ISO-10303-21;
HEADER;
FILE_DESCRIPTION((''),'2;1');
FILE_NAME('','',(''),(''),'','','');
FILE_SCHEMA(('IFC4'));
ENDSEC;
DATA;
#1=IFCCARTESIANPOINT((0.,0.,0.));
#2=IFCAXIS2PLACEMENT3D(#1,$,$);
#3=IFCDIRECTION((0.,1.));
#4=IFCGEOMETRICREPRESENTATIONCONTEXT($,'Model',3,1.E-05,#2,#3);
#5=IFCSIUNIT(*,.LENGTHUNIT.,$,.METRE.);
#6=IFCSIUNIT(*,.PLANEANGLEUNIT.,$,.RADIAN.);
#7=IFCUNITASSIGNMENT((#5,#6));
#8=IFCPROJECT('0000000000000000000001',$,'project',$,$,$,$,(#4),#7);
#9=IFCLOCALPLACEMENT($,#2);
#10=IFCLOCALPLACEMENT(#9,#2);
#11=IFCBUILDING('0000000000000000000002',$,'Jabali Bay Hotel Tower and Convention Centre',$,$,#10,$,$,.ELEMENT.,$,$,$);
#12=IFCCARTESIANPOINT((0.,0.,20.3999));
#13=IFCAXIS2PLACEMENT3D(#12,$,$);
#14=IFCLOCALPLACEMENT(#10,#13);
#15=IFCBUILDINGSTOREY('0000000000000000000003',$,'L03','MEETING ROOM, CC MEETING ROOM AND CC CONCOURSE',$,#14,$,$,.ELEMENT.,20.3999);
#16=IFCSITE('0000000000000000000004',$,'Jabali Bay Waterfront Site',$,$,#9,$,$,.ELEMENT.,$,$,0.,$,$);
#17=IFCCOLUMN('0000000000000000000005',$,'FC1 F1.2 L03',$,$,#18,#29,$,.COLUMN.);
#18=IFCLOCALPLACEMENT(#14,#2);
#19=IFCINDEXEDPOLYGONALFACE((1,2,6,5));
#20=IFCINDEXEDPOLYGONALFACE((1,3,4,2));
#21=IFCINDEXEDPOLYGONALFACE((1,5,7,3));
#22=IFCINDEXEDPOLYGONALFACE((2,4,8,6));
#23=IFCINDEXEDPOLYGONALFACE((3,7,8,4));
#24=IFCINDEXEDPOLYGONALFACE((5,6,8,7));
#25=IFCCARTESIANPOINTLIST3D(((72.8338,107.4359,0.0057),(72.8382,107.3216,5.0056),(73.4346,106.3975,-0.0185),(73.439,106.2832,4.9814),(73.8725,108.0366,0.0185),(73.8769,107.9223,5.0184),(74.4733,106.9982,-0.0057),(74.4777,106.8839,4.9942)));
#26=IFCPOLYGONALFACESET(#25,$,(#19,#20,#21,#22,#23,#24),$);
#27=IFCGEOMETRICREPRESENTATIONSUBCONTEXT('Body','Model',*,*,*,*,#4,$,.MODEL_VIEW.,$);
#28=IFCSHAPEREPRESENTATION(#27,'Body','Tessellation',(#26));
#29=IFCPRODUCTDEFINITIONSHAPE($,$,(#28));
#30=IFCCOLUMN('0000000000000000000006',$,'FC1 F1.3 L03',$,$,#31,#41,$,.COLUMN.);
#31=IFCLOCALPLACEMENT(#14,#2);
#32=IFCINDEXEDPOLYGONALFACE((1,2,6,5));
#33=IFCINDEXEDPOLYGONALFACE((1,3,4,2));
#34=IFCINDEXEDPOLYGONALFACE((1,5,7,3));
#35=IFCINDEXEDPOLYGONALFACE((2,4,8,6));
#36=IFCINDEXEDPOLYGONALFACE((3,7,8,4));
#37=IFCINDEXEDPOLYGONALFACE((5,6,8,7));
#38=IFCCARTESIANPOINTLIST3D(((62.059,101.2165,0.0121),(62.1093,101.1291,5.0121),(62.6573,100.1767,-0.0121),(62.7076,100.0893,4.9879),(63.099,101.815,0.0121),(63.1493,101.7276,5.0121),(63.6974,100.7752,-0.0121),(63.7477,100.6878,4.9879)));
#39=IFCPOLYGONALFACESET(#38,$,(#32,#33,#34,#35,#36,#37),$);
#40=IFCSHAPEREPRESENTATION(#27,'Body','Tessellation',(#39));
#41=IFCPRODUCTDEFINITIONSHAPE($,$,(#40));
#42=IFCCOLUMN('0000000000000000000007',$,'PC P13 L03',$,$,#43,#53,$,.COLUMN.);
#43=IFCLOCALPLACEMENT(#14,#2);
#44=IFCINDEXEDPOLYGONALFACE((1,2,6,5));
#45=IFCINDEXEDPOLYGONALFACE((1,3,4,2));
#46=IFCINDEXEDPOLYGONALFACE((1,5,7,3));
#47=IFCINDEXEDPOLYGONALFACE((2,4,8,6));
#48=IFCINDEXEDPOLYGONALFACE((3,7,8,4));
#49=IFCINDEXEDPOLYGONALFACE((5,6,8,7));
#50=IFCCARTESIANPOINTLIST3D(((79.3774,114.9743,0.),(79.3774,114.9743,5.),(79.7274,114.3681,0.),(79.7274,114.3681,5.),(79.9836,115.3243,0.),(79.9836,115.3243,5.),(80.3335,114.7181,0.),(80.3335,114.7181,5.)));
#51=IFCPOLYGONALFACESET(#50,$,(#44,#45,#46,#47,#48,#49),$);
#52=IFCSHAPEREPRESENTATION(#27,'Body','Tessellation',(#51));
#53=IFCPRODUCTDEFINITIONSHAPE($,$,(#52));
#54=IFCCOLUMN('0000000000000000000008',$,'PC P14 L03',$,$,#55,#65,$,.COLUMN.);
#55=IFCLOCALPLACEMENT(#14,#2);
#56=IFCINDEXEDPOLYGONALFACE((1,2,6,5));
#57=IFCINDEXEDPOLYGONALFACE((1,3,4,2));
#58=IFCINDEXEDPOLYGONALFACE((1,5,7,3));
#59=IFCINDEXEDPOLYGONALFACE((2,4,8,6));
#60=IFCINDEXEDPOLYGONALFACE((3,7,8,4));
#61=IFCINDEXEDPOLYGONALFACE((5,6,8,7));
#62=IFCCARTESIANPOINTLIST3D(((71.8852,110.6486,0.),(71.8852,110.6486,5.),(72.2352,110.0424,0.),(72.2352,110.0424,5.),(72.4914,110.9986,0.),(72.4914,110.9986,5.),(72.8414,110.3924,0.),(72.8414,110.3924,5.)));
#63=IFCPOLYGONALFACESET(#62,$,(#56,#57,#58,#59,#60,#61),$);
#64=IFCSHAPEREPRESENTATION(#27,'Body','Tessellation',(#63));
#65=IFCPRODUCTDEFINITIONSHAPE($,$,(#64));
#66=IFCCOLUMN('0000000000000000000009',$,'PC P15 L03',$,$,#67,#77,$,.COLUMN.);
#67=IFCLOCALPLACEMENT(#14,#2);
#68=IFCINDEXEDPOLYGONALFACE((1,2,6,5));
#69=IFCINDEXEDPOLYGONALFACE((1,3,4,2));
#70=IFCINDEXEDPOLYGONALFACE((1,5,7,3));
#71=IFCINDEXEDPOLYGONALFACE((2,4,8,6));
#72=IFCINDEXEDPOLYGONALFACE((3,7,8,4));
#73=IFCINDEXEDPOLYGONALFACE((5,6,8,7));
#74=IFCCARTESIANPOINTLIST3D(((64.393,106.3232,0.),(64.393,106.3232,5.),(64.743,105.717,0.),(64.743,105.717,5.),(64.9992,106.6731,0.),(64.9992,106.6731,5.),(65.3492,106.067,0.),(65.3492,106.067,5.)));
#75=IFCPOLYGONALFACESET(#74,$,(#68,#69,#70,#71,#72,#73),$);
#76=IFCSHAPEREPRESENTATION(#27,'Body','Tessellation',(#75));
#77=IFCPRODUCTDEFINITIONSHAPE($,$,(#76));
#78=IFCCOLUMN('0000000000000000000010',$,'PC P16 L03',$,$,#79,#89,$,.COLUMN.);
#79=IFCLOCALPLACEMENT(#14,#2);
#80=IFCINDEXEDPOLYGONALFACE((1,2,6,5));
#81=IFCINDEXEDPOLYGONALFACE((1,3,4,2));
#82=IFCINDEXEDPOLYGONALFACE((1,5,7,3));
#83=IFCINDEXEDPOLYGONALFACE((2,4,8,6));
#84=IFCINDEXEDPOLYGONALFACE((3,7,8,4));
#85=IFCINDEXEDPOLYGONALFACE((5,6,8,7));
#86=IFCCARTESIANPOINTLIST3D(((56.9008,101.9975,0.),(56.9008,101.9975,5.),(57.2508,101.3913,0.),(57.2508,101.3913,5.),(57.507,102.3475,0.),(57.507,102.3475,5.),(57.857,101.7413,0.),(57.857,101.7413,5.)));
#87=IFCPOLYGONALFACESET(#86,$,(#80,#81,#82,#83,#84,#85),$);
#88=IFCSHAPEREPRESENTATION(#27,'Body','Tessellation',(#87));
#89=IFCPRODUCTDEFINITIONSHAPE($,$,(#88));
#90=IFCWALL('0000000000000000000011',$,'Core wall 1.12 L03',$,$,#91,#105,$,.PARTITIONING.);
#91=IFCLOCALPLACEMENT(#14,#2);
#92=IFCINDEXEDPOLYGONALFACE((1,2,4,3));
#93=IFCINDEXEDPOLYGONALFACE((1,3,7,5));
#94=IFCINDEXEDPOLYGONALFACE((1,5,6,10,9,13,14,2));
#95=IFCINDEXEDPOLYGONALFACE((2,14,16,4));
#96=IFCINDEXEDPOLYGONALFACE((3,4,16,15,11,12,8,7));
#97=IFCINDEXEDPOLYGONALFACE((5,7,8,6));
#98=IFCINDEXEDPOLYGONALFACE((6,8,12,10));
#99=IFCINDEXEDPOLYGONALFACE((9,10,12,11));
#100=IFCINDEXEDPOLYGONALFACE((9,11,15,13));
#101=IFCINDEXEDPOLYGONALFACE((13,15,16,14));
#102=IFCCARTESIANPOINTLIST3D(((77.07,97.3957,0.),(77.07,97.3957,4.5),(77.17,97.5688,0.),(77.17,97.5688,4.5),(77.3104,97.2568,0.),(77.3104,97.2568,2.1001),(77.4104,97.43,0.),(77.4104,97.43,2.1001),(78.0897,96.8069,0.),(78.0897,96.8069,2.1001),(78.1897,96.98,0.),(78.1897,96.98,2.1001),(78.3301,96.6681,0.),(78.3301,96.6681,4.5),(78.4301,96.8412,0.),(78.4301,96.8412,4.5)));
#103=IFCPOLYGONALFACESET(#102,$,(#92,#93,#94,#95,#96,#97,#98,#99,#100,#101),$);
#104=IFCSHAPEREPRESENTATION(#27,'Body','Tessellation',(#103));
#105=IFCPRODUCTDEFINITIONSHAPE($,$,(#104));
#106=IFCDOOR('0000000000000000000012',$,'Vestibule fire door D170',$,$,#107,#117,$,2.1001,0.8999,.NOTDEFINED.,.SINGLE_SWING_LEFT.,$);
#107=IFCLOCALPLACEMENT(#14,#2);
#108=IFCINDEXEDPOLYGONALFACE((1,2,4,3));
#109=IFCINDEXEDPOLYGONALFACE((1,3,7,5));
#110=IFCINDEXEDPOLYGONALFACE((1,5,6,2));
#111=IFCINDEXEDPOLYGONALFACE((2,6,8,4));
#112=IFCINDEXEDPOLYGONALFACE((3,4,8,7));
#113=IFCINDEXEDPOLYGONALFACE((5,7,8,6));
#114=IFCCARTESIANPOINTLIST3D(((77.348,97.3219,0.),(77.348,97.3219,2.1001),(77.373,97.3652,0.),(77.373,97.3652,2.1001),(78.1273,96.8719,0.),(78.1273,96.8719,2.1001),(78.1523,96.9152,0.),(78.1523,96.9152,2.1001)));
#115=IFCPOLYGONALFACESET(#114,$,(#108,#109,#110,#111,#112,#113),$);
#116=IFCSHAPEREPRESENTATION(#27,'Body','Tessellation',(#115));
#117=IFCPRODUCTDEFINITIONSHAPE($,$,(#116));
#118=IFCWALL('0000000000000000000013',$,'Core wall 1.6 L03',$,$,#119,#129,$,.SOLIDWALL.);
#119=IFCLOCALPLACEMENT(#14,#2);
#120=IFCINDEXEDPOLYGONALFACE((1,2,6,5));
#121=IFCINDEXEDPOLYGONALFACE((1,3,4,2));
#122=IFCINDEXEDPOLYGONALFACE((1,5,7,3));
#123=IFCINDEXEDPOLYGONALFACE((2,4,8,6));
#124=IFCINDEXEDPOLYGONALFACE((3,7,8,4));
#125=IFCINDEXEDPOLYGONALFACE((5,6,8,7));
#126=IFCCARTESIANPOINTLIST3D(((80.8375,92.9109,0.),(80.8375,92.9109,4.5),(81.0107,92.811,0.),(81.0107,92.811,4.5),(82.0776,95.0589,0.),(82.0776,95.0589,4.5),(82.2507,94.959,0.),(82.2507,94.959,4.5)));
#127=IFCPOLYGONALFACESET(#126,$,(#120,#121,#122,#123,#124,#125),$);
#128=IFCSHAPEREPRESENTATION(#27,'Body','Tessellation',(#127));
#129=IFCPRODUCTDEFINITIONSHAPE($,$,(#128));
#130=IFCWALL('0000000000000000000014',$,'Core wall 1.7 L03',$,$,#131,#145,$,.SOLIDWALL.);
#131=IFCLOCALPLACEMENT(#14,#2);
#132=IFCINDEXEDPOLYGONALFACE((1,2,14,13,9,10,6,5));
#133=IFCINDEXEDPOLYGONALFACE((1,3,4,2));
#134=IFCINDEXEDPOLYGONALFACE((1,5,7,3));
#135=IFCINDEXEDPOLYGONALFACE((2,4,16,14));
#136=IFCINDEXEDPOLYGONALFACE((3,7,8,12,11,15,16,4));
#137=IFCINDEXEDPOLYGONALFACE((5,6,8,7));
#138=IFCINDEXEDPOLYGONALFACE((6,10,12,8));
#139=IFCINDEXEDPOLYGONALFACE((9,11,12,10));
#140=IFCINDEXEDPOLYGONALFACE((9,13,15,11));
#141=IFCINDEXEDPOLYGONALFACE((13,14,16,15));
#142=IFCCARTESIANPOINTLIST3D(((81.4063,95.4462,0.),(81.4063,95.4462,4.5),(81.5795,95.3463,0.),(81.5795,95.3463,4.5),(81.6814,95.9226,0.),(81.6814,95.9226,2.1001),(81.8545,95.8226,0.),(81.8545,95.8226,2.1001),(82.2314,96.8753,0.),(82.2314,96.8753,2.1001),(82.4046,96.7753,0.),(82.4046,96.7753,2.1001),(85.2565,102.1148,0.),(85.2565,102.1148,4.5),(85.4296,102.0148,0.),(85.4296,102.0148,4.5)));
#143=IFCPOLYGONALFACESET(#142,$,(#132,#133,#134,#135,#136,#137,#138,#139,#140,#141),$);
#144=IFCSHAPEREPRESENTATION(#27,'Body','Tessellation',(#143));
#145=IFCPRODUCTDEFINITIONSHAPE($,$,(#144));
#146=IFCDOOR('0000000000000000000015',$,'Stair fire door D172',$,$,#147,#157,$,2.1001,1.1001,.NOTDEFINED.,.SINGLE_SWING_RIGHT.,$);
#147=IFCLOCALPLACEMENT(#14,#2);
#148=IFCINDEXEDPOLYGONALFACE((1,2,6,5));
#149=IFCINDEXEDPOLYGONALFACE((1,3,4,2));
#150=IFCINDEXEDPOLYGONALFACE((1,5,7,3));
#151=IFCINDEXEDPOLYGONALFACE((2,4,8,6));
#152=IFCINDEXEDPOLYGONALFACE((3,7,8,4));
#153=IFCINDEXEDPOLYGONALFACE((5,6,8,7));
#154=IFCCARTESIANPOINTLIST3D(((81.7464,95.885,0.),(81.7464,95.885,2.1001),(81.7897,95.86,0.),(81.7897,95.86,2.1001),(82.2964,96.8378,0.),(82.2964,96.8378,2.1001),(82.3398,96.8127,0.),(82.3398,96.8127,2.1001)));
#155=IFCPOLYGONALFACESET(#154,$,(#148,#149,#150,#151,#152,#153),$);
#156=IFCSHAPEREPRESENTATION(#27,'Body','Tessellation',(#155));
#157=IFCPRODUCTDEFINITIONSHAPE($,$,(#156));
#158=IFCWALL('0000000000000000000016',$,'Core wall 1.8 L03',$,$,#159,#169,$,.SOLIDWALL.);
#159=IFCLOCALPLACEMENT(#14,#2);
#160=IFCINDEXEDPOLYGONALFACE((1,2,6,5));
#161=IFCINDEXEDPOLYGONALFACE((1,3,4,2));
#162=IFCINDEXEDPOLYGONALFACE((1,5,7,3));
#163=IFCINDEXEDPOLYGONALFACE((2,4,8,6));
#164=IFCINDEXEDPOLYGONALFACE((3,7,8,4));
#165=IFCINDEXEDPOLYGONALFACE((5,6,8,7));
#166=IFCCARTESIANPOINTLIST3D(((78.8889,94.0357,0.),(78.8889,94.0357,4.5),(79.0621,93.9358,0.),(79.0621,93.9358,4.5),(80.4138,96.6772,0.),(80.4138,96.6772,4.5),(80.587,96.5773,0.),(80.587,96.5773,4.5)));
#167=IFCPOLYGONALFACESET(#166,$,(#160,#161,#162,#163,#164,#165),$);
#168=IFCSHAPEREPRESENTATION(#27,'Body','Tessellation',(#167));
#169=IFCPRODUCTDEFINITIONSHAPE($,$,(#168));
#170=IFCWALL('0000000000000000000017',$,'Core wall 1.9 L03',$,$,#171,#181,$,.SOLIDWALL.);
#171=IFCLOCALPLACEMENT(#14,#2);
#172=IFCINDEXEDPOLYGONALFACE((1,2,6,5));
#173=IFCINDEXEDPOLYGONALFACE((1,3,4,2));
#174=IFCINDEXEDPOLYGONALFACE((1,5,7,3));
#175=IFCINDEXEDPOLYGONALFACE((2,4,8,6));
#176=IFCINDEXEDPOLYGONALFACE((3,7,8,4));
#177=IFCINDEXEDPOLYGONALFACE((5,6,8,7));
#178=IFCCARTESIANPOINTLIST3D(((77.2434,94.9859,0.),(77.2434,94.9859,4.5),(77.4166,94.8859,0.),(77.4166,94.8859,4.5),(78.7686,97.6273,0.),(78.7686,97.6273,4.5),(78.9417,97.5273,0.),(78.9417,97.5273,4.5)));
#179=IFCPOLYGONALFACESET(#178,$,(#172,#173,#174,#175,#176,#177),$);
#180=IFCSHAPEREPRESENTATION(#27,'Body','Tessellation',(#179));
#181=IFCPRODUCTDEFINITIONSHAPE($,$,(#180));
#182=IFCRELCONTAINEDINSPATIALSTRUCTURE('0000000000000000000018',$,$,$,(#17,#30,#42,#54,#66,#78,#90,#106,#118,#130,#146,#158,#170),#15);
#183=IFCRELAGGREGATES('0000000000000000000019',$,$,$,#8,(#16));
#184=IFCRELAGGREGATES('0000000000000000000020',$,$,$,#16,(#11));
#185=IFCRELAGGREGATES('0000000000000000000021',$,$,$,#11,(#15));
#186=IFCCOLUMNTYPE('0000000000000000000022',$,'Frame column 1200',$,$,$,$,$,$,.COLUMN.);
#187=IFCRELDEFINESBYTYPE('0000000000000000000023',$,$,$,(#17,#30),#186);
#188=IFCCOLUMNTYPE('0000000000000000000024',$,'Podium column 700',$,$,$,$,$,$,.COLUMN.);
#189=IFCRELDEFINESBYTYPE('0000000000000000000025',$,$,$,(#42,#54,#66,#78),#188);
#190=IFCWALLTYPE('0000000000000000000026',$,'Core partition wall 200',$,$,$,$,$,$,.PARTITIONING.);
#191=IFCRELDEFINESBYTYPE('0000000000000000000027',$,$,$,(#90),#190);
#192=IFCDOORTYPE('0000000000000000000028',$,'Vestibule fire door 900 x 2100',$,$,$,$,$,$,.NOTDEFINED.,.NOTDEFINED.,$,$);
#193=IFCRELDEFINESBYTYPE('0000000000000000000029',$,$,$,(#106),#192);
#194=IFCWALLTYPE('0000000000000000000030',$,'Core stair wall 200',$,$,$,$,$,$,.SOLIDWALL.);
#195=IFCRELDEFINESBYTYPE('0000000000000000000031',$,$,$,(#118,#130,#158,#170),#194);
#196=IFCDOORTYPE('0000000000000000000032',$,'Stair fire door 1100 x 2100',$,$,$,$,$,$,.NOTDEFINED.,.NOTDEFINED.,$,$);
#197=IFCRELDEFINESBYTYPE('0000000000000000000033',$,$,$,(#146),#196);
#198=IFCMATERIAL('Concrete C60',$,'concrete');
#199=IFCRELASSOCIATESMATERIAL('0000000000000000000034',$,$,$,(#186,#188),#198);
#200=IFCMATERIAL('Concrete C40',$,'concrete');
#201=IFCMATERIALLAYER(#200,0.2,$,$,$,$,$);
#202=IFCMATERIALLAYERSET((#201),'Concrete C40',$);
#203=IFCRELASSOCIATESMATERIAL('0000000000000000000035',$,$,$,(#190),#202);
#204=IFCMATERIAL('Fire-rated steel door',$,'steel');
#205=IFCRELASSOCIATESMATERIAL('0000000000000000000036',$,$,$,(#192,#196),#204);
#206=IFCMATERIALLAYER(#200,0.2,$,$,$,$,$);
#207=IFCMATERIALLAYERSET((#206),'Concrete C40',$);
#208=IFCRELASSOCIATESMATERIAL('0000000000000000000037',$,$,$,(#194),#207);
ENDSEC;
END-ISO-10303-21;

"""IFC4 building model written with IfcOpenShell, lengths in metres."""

from ifc_helpers import new_model, si_unit, direction, frame, frame_2d, origin, origin_2d, place, context, subcontext, project, spatial, rectangle, extrude, material, layer, layer_set, material_profile, profile_set, type_object, element, fill, save


model = new_model("IFC4")

# Units and contexts
model_context = context("Model", 3, precision=1e-05, world=origin(), true_north=direction((0.0, 1.0)))
body_context = subcontext(model_context, "Body", "Model", "MODEL_VIEW")
ifc_project = project(units=[si_unit("LENGTHUNIT", "METRE"), si_unit("PLANEANGLEUNIT", "RADIAN")], contexts=[model_context])

# Site, building, storey
site_placement = place(None, origin())
site = spatial("IfcSite", under=ifc_project, at=site_placement, Name="Jabali Bay Waterfront Site", CompositionType="ELEMENT", RefElevation=0.0)
building_placement = place(site_placement, origin())
building = spatial("IfcBuilding", under=site, at=building_placement, Name="Jabali Bay Hotel Tower and Convention Centre", CompositionType="ELEMENT")
storey_placement = place(building_placement, frame((0.0, 0.0, 20.3999)))
storey = spatial("IfcBuildingStorey", under=building, at=storey_placement, Name="L03", Description="MEETING ROOM, CC MEETING ROOM AND CC CONCOURSE", CompositionType="ELEMENT", Elevation=20.3999)

# Columns
ifc_material_1 = material(Name="Concrete C60", Category="concrete")
ifc_material_profile_1 = material_profile(ifc_material_1, rectangle(XDim=1.2, YDim=1.2, at=origin_2d()), Name="Frame column 1200")
ifc_profile_set_1 = profile_set([ifc_material_profile_1], Name="Concrete C60")
column_type_1 = type_object("IfcColumnType", Name="Frame column 1200", PredefinedType="COLUMN", material=ifc_profile_set_1)
column_1_placement = place(storey_placement, frame((73.6536, 107.217, 0.0), z_axis=(0.000879, -0.022846, 0.999739), x_axis=(0.865611, 0.500604, 0.010679)))
element("IfcColumn", 1, at=column_1_placement, inside=storey, type_object=column_type_1, Name="FC1 F1.2 L03", PredefinedType="COLUMN", context=body_context, shape_type="SweptSolid", body=[
    extrude(rectangle(XDim=1.2, YDim=1.2, at=origin_2d()), origin(), (0.0, 0.0, 1.0), 5.0012),
])
column_2_placement = place(storey_placement, frame((62.8782, 100.9958, 0.0), z_axis=(0.010057, -0.017477, 0.999797), x_axis=(0.866747, 0.498748, 0.0)))
element("IfcColumn", 2, at=column_2_placement, inside=storey, type_object=column_type_1, Name="FC1 F1.3 L03", PredefinedType="COLUMN", context=body_context, shape_type="SweptSolid", body=[
    extrude(rectangle(XDim=1.2, YDim=1.2, at=origin_2d()), origin(), (0.0, 0.0, 1.0), 5.001),
])
ifc_material_profile_2 = material_profile(ifc_material_1, rectangle(XDim=0.7, YDim=0.7, at=origin_2d()), Name="Podium column 700")
ifc_profile_set_2 = profile_set([ifc_material_profile_2], Name="Concrete C60")
column_type_2 = type_object("IfcColumnType", Name="Podium column 700", PredefinedType="COLUMN", material=ifc_profile_set_2)
for number, where, z_axis, x_axis, name in (
    (3, (79.8555, 114.8462, 0.0), (0.0, 0.0, 1.0), (0.866025, 0.5, 0.0), "PC P13 L03"),
    (4, (72.3633, 110.5205, 0.0), (0.0, 0.0, 1.0), (0.866025, 0.5, 0.0), "PC P14 L03"),
    (5, (64.8711, 106.1951, 0.0), (0.0, 0.0, 1.0), (0.866025, 0.5, 0.0), "PC P15 L03"),
    (6, (57.3789, 101.8694, 0.0), (0.0, 0.0, 1.0), (0.866025, 0.5, 0.0), "PC P16 L03"),
):
    element("IfcColumn", number, at=place(storey_placement, frame(where, z_axis=z_axis, x_axis=x_axis)), inside=storey, type_object=column_type_2, Name=name, PredefinedType="COLUMN", context=body_context, shape_type="SweptSolid", body=[
        extrude(rectangle(XDim=0.7, YDim=0.7, at=origin_2d()), origin(), (0.0, 0.0, 1.0), 5.0),
    ])

# Wall, opening, door
ifc_material_2 = material(Name="Concrete C40", Category="concrete")
ifc_layer_1 = layer(ifc_material_2, 0.2)
ifc_layer_set_1 = layer_set([ifc_layer_1], Name="Concrete C40")
wall_type_1 = type_object("IfcWallType", Name="Core partition wall 200", PredefinedType="PARTITIONING", material=ifc_layer_set_1)
wall_1_placement = place(storey_placement, frame((78.3801, 96.7546, 0.0), z_axis=(0.0, 0.0, 1.0), x_axis=(-0.866004, 0.500037, 0.0)))
wall_1 = element("IfcWall", 7, at=wall_1_placement, inside=storey, type_object=wall_type_1, Name="Core wall 1.12 L03", PredefinedType="PARTITIONING", context=body_context, shape_type="SweptSolid", body=[
    extrude(rectangle(XDim=1.4551, YDim=0.2, at=frame_2d((0.7275, 0.0))), origin(), (0.0, 0.0, 1.0), 4.5),
])
opening_1_placement = place(wall_1_placement, frame((0.2776, 0.0, 0.0)))
opening_1 = element("IfcOpeningElement", 8, at=opening_1_placement, cuts=wall_1, PredefinedType="OPENING", context=body_context, shape_type="SweptSolid", body=[
    extrude(rectangle(XDim=0.8999, YDim=2.1001, at=frame_2d((0.45, 1.05))), frame((0.0, 0.1104, 0.0), z_axis=(0.0, -1.0, 0.0), x_axis=(1.0, 0.0, 0.0)), (0.0, 0.0, 1.0), 0.2209),
])
ifc_material_3 = material(Name="Fire-rated steel door", Category="steel")
door_type_1 = type_object("IfcDoorType", Name="Vestibule fire door 900 x 2100", OperationType="NOTDEFINED", PredefinedType="NOTDEFINED", material=ifc_material_3)
door_1_placement = place(opening_1_placement, origin())
door_1 = element("IfcDoor", 9, at=door_1_placement, inside=storey, type_object=door_type_1, Name="Vestibule fire door D170", OperationType="SINGLE_SWING_LEFT", OverallHeight=2.1001, OverallWidth=0.8999, PredefinedType="NOTDEFINED", context=body_context, shape_type="SweptSolid", body=[
    extrude(rectangle(XDim=0.8999, YDim=2.1001, at=frame_2d((0.45, 1.05))), frame((0.0, 0.0249, 0.0), z_axis=(0.0, -1.0, 0.0), x_axis=(1.0, 0.0, 0.0)), (0.0, 0.0, 1.0), 0.05),
])
fill(opening_1, door_1)

# Wall
ifc_layer_2 = layer(ifc_material_2, 0.2)
ifc_layer_set_2 = layer_set([ifc_layer_2], Name="Concrete C40")
wall_type_2 = type_object("IfcWallType", Name="Core stair wall 200", PredefinedType="SOLIDWALL", material=ifc_layer_set_2)
wall_2_placement = place(storey_placement, frame((80.9241, 92.8608, 0.0), z_axis=(0.0, 0.0, 1.0), x_axis=(0.499961, 0.866048, 0.0)))
element("IfcWall", 10, at=wall_2_placement, inside=storey, type_object=wall_type_2, Name="Core wall 1.6 L03", PredefinedType="SOLIDWALL", context=body_context, shape_type="SweptSolid", body=[
    extrude(rectangle(XDim=2.4802, YDim=0.2, at=frame_2d((1.2402, 0.0))), origin(), (0.0, 0.0, 1.0), 4.5),
])

# Wall, opening, door
wall_3_placement = place(storey_placement, frame((81.4929, 95.3962, 0.0), z_axis=(0.0, 0.0, 1.0), x_axis=(0.500006, 0.866022, 0.0)))
wall_3 = element("IfcWall", 11, at=wall_3_placement, inside=storey, type_object=wall_type_2, Name="Core wall 1.7 L03", PredefinedType="SOLIDWALL", context=body_context, shape_type="SweptSolid", body=[
    extrude(rectangle(XDim=7.7002, YDim=0.2, at=frame_2d((3.8501, 0.0))), origin(), (0.0, 0.0, 1.0), 4.5),
])
opening_2_placement = place(wall_3_placement, frame((0.55, 0.0, 0.0)))
opening_2 = element("IfcOpeningElement", 12, at=opening_2_placement, cuts=wall_3, PredefinedType="OPENING", context=body_context, shape_type="SweptSolid", body=[
    extrude(rectangle(XDim=1.1001, YDim=2.1001, at=frame_2d((0.55, 1.05))), frame((0.0, 0.1104, 0.0), z_axis=(0.0, -1.0, 0.0), x_axis=(1.0, 0.0, 0.0)), (0.0, 0.0, 1.0), 0.2209),
])
door_type_2 = type_object("IfcDoorType", Name="Stair fire door 1100 x 2100", OperationType="NOTDEFINED", PredefinedType="NOTDEFINED", material=ifc_material_3)
door_2_placement = place(opening_2_placement, origin())
door_2 = element("IfcDoor", 13, at=door_2_placement, inside=storey, type_object=door_type_2, Name="Stair fire door D172", OperationType="SINGLE_SWING_RIGHT", OverallHeight=2.1001, OverallWidth=1.1001, PredefinedType="NOTDEFINED", context=body_context, shape_type="SweptSolid", body=[
    extrude(rectangle(XDim=1.1001, YDim=2.1001, at=frame_2d((0.55, 1.05))), frame((0.0, 0.0249, 0.0), z_axis=(0.0, -1.0, 0.0), x_axis=(1.0, 0.0, 0.0)), (0.0, 0.0, 1.0), 0.05),
])
fill(opening_2, door_2)

# Walls
for number, where, z_axis, x_axis, name in (
    (14, (78.9756, 93.9858, 0.0), (0.0, 0.0, 1.0), (0.499944, 0.866058, 0.0), "Core wall 1.8 L03"),
    (15, (77.3301, 94.936, 0.0), (0.0, 0.0, 1.0), (0.500039, 0.866003, 0.0), "Core wall 1.9 L03"),
):
    element("IfcWall", number, at=place(storey_placement, frame(where, z_axis=z_axis, x_axis=x_axis)), inside=storey, type_object=wall_type_2, Name=name, PredefinedType="SOLIDWALL", context=body_context, shape_type="SweptSolid", body=[
        extrude(rectangle(XDim=3.05, YDim=0.2, at=frame_2d((1.5249, 0.0))), origin(), (0.0, 0.0, 1.0), 4.5),
    ])

save(model, "model.ifc")
